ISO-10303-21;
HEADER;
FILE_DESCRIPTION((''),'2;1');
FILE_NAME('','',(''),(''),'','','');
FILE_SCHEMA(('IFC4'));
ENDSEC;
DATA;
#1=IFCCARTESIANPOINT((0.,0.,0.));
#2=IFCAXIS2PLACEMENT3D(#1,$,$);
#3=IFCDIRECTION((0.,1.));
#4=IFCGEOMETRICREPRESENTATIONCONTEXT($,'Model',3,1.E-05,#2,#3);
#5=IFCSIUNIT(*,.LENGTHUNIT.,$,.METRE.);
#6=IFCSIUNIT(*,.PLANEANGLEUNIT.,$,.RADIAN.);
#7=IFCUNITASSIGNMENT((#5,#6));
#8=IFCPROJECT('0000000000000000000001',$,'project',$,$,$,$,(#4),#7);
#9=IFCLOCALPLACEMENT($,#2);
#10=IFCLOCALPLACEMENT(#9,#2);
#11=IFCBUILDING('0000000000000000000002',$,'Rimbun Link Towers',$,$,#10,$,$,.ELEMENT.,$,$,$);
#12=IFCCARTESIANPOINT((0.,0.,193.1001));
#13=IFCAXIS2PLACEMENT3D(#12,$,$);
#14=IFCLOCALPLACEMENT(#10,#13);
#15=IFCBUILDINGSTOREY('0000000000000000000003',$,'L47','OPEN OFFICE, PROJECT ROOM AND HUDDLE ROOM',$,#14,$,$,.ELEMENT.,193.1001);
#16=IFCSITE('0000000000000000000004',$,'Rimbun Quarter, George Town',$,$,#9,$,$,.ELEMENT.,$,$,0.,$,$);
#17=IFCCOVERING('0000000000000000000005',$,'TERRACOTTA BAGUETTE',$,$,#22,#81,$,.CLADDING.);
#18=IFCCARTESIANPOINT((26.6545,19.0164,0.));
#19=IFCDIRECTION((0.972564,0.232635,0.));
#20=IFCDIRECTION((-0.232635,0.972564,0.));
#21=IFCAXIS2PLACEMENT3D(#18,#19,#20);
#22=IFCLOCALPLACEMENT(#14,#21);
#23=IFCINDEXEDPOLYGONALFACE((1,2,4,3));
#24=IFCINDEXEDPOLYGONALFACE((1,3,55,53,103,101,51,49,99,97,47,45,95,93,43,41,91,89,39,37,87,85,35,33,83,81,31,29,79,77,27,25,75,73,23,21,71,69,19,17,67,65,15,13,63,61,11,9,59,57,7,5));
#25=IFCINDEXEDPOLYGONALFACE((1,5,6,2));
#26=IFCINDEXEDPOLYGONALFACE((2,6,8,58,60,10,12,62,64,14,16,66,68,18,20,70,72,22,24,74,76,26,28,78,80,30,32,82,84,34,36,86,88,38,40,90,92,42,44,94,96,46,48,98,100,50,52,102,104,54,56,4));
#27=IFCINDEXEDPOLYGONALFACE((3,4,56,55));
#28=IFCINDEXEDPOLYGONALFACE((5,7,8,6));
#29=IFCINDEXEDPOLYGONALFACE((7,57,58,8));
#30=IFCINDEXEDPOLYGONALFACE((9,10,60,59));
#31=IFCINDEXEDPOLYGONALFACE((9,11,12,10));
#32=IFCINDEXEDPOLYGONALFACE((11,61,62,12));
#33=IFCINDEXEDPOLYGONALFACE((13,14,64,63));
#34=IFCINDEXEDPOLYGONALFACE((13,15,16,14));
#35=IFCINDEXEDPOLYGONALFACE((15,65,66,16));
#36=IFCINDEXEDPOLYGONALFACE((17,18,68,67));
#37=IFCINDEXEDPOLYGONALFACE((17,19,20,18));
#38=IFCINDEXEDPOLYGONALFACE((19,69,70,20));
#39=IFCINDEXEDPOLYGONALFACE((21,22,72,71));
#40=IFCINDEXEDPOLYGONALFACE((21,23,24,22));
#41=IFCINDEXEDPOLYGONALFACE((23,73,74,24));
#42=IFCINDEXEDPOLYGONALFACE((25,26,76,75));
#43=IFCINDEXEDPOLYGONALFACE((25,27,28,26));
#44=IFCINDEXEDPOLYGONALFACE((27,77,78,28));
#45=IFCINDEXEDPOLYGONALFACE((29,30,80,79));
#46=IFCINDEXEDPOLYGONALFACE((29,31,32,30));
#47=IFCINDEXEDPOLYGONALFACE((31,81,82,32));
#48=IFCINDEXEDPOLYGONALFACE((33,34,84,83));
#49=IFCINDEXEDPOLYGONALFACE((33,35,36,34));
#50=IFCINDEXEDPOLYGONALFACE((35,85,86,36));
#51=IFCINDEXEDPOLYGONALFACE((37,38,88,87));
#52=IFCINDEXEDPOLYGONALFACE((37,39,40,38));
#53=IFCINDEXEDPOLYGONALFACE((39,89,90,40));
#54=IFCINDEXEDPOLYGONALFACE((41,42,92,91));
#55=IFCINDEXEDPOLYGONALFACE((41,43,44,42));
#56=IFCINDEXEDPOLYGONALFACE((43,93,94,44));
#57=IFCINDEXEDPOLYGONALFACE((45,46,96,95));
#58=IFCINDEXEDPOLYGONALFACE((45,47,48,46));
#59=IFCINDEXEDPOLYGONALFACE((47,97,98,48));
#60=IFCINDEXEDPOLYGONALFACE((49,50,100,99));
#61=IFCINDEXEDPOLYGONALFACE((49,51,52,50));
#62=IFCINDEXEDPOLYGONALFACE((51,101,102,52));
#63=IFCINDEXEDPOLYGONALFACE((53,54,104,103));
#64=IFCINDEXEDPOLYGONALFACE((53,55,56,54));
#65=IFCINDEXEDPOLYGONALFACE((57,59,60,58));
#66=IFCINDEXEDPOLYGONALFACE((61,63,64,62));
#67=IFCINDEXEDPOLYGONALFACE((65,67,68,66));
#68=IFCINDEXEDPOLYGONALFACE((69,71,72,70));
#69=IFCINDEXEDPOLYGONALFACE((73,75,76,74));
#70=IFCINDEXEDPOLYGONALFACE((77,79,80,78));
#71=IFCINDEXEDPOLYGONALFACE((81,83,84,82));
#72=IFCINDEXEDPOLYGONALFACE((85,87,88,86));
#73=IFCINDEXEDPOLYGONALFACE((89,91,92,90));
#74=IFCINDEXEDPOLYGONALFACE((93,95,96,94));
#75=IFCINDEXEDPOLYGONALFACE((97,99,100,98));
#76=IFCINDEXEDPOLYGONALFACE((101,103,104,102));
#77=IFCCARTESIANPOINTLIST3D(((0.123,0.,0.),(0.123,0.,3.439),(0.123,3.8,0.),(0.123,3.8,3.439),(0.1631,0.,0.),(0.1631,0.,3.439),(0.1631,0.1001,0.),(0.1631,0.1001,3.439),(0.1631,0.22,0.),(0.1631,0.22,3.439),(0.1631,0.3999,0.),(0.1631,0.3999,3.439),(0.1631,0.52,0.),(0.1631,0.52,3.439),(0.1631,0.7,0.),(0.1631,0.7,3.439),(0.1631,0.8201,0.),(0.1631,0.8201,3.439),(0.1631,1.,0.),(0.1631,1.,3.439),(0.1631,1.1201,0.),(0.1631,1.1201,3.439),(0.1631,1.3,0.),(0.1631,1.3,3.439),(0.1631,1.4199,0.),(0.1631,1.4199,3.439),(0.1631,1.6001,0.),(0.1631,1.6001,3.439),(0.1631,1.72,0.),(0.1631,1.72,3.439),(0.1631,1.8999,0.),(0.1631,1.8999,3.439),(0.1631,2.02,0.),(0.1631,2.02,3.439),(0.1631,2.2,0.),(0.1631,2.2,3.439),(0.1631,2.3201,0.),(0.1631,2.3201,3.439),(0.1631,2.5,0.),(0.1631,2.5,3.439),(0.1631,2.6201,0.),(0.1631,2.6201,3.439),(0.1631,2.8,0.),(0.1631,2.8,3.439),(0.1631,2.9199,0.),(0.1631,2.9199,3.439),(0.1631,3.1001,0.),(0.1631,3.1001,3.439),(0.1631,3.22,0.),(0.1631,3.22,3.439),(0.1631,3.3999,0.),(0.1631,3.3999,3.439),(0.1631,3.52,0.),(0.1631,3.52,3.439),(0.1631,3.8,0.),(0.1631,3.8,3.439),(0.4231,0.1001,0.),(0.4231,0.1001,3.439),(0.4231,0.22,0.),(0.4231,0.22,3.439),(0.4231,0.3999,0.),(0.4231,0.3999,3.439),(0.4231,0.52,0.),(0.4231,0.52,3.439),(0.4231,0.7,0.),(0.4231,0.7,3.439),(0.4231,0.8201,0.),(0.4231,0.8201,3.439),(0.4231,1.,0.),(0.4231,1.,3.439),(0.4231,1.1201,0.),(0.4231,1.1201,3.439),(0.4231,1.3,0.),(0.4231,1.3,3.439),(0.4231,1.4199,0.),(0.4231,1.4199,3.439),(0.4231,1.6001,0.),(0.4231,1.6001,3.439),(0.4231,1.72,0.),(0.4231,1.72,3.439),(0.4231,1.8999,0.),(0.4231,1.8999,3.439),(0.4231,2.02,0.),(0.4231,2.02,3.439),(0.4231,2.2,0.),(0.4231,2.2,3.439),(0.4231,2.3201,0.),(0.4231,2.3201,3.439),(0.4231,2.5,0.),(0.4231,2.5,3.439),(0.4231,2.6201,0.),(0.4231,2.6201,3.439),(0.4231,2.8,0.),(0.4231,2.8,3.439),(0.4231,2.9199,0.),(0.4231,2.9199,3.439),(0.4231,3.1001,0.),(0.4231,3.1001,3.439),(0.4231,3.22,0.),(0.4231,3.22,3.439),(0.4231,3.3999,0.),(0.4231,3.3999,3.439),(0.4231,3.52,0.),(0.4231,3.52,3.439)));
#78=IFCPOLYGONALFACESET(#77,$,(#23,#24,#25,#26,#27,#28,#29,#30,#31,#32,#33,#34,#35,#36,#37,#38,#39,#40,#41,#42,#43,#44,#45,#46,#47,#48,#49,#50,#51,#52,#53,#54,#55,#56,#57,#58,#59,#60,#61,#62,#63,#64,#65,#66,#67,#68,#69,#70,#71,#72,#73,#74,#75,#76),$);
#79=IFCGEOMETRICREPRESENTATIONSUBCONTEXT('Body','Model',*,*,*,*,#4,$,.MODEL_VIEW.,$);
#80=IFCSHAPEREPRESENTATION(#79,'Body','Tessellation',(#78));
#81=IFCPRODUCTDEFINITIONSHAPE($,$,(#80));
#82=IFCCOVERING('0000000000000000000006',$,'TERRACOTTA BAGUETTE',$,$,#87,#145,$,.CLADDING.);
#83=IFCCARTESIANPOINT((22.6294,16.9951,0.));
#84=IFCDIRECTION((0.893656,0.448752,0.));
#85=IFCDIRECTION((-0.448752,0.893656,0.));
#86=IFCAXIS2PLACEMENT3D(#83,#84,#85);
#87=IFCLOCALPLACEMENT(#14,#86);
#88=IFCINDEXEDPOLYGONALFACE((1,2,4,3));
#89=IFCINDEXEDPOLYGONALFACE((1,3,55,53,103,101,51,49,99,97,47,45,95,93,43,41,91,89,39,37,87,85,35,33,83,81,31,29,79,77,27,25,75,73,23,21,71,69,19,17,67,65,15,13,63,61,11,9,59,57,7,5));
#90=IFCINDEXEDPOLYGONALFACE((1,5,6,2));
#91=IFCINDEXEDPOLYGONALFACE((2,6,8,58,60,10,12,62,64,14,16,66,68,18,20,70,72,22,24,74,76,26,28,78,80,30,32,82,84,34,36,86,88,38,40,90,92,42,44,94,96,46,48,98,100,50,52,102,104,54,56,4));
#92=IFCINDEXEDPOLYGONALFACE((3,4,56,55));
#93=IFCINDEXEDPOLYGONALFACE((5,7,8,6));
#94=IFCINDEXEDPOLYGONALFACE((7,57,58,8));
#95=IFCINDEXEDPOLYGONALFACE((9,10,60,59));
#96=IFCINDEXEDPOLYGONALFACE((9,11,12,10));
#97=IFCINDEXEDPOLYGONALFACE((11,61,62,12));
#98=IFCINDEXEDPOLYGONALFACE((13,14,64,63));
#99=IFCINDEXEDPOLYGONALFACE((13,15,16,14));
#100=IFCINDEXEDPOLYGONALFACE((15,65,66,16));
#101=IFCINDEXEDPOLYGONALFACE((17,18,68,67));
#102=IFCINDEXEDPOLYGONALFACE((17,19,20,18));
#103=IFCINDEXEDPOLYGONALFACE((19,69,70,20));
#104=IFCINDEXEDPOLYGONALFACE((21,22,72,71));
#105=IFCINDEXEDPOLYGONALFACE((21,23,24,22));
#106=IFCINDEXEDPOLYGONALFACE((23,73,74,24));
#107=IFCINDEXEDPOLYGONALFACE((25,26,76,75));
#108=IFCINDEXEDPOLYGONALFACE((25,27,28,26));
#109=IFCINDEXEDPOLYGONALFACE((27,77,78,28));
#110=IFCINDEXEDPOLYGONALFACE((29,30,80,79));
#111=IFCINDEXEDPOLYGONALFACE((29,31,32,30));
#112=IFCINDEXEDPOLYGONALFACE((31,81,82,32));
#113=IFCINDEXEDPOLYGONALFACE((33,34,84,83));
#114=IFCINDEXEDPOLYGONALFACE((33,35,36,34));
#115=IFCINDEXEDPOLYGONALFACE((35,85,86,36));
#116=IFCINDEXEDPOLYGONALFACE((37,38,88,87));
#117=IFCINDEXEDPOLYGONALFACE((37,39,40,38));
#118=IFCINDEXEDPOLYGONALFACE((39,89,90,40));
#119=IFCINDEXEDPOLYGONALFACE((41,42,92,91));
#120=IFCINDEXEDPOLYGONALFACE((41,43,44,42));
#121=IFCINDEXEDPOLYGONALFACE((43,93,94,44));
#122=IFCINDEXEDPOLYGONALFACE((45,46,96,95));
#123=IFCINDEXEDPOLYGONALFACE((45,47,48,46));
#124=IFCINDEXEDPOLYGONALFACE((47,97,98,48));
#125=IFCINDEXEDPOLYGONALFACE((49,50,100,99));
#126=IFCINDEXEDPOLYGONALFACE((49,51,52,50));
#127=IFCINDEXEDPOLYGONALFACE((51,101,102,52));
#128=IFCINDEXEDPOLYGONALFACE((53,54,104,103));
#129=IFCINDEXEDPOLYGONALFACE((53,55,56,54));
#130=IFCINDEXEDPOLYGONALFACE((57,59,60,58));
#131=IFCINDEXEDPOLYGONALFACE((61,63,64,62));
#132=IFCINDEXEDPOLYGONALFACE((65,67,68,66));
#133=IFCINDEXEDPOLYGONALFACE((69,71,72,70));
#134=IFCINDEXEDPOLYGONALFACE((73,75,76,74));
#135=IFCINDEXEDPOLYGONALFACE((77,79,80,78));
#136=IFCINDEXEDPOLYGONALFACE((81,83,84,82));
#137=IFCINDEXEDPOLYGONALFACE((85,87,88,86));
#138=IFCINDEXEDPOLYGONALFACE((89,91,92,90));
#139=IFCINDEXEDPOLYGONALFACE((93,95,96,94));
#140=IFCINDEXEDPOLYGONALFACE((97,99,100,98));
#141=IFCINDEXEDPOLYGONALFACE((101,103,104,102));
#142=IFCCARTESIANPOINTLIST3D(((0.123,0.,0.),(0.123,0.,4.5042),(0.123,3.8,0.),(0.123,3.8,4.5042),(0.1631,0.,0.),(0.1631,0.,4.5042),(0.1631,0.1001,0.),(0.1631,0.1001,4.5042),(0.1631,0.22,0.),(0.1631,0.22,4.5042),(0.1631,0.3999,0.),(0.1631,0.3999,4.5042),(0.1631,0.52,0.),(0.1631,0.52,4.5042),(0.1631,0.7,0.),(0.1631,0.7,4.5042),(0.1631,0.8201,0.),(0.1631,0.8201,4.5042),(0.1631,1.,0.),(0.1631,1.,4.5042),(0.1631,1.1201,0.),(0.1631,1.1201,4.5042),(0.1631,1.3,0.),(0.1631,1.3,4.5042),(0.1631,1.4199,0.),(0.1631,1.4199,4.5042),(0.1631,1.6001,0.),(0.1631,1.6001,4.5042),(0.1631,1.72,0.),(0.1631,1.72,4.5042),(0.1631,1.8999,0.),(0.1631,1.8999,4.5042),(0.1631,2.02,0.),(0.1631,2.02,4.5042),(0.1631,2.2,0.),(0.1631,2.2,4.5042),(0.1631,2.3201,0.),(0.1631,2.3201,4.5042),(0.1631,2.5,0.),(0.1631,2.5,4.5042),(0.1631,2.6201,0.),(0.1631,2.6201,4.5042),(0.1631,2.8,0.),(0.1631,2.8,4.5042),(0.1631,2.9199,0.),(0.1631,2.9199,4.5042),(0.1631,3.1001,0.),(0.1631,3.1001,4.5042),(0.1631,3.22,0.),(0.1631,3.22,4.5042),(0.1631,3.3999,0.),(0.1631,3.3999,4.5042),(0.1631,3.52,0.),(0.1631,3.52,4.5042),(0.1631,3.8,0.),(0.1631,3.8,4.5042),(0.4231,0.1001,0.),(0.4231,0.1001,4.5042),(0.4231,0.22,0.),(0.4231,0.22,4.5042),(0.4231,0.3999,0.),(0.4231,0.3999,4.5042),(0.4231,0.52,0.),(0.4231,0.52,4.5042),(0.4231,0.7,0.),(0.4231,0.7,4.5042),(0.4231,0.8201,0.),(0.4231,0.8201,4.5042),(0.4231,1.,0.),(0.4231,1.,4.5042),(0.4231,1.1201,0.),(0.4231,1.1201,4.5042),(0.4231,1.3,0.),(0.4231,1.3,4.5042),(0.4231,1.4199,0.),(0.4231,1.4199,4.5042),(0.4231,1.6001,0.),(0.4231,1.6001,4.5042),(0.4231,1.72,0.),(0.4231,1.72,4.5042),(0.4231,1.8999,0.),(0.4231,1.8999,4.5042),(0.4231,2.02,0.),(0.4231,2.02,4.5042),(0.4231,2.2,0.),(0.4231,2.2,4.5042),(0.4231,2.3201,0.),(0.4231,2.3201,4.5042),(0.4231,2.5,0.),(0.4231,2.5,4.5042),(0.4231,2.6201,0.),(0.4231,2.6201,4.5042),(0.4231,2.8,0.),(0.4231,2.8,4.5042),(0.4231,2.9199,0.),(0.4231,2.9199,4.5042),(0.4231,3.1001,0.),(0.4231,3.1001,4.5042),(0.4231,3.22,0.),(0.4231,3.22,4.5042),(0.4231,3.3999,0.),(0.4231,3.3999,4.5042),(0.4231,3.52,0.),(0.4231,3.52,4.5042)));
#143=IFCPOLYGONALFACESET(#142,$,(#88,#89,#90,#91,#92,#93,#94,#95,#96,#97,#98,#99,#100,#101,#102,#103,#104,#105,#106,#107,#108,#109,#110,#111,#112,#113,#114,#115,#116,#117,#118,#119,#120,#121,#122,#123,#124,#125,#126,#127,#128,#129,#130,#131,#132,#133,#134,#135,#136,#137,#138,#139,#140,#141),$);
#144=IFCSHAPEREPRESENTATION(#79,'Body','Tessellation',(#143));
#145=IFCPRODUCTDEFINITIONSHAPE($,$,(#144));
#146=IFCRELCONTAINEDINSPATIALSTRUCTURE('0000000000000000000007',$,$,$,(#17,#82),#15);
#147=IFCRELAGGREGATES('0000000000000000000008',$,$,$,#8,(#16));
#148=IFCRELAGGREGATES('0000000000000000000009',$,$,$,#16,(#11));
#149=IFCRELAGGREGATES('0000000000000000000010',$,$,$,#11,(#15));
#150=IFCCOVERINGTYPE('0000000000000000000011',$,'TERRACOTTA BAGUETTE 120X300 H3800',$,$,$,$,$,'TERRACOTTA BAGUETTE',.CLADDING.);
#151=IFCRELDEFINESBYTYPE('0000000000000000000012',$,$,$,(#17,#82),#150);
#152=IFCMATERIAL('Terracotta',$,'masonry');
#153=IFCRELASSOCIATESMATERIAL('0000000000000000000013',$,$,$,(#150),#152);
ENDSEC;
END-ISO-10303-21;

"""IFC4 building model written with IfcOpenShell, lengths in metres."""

from ifc_helpers import new_model, si_unit, direction, frame, origin, place, context, subcontext, project, spatial, polyline, outline, extrude, material, material_profile, profile_set, type_object, element, save


model = new_model("IFC4")

# Units and contexts
model_context = context("Model", 3, precision=1e-05, world=origin(), true_north=direction((0.0, 1.0)))
body_context = subcontext(model_context, "Body", "Model", "MODEL_VIEW")
ifc_project = project(units=[si_unit("LENGTHUNIT", "METRE"), si_unit("PLANEANGLEUNIT", "RADIAN")], contexts=[model_context])

# Site, building, storey
site_placement = place(None, origin())
site = spatial("IfcSite", under=ifc_project, at=site_placement, Name="Rimbun Quarter, George Town", CompositionType="ELEMENT", RefElevation=0.0)
building_placement = place(site_placement, origin())
building = spatial("IfcBuilding", under=site, at=building_placement, Name="Rimbun Link Towers", CompositionType="ELEMENT")
storey_placement = place(building_placement, frame((0.0, 0.0, 193.1001)))
storey = spatial("IfcBuildingStorey", under=building, at=storey_placement, Name="L47", Description="OPEN OFFICE, PROJECT ROOM AND HUDDLE ROOM", CompositionType="ELEMENT", Elevation=193.1001)

# Coverings
ifc_material_1 = material(Name="Terracotta", Category="masonry")
ifc_material_profile_1 = material_profile(ifc_material_1, outline(polyline([(0.123, 0.0), (0.1631, 0.0), (0.1631, 0.1001), (0.4231, 0.1001), (0.4231, 0.22), (0.1631, 0.22), (0.1631, 0.3999), (0.4231, 0.3999), (0.4231, 0.52), (0.1631, 0.52), (0.1631, 0.7), (0.4231, 0.7), (0.4231, 0.8201), (0.1631, 0.8201), (0.1631, 1.0), (0.4231, 1.0), (0.4231, 1.1201), (0.1631, 1.1201), (0.1631, 1.3), (0.4231, 1.3), (0.4231, 1.4199), (0.1631, 1.4199), (0.1631, 1.6001), (0.4231, 1.6001), (0.4231, 1.72), (0.1631, 1.72), (0.1631, 1.8999), (0.4231, 1.8999), (0.4231, 2.02), (0.1631, 2.02), (0.1631, 2.2), (0.4231, 2.2), (0.4231, 2.3201), (0.1631, 2.3201), (0.1631, 2.5), (0.4231, 2.5), (0.4231, 2.6201), (0.1631, 2.6201), (0.1631, 2.8), (0.4231, 2.8), (0.4231, 2.9199), (0.1631, 2.9199), (0.1631, 3.1001), (0.4231, 3.1001), (0.4231, 3.22), (0.1631, 3.22), (0.1631, 3.3999), (0.4231, 3.3999), (0.4231, 3.52), (0.1631, 3.52), (0.1631, 3.8), (0.123, 3.8), (0.123, 0.0)])), Name="BAGUETTE 120X300")
ifc_profile_set_1 = profile_set([ifc_material_profile_1], Name="Terracotta")
covering_type = type_object("IfcCoveringType", Name="TERRACOTTA BAGUETTE 120X300 H3800", ElementType="TERRACOTTA BAGUETTE", PredefinedType="CLADDING", material=ifc_profile_set_1)
covering_1_placement = place(storey_placement, frame((26.6545, 19.0164, 0.0), z_axis=(0.972564, 0.232635, 0.0), x_axis=(-0.232635, 0.972564, 0.0)))
element("IfcCovering", 1, at=covering_1_placement, inside=storey, type_object=covering_type, Name="TERRACOTTA BAGUETTE", PredefinedType="CLADDING", context=body_context, shape_type="SweptSolid", body=[
    extrude(outline(polyline([(0.123, 0.0), (0.1631, 0.0), (0.1631, 0.1001), (0.4231, 0.1001), (0.4231, 0.22), (0.1631, 0.22), (0.1631, 0.3999), (0.4231, 0.3999), (0.4231, 0.52), (0.1631, 0.52), (0.1631, 0.7), (0.4231, 0.7), (0.4231, 0.8201), (0.1631, 0.8201), (0.1631, 1.0), (0.4231, 1.0), (0.4231, 1.1201), (0.1631, 1.1201), (0.1631, 1.3), (0.4231, 1.3), (0.4231, 1.4199), (0.1631, 1.4199), (0.1631, 1.6001), (0.4231, 1.6001), (0.4231, 1.72), (0.1631, 1.72), (0.1631, 1.8999), (0.4231, 1.8999), (0.4231, 2.02), (0.1631, 2.02), (0.1631, 2.2), (0.4231, 2.2), (0.4231, 2.3201), (0.1631, 2.3201), (0.1631, 2.5), (0.4231, 2.5), (0.4231, 2.6201), (0.1631, 2.6201), (0.1631, 2.8), (0.4231, 2.8), (0.4231, 2.9199), (0.1631, 2.9199), (0.1631, 3.1001), (0.4231, 3.1001), (0.4231, 3.22), (0.1631, 3.22), (0.1631, 3.3999), (0.4231, 3.3999), (0.4231, 3.52), (0.1631, 3.52), (0.1631, 3.8), (0.123, 3.8), (0.123, 0.0)])), origin(), (0.0, 0.0, 1.0), 3.439),
])
covering_2_placement = place(storey_placement, frame((22.6294, 16.9951, 0.0), z_axis=(0.893656, 0.448752, 0.0), x_axis=(-0.448752, 0.893656, 0.0)))
element("IfcCovering", 2, at=covering_2_placement, inside=storey, type_object=covering_type, Name="TERRACOTTA BAGUETTE", PredefinedType="CLADDING", context=body_context, shape_type="SweptSolid", body=[
    extrude(outline(polyline([(0.123, 0.0), (0.1631, 0.0), (0.1631, 0.1001), (0.4231, 0.1001), (0.4231, 0.22), (0.1631, 0.22), (0.1631, 0.3999), (0.4231, 0.3999), (0.4231, 0.52), (0.1631, 0.52), (0.1631, 0.7), (0.4231, 0.7), (0.4231, 0.8201), (0.1631, 0.8201), (0.1631, 1.0), (0.4231, 1.0), (0.4231, 1.1201), (0.1631, 1.1201), (0.1631, 1.3), (0.4231, 1.3), (0.4231, 1.4199), (0.1631, 1.4199), (0.1631, 1.6001), (0.4231, 1.6001), (0.4231, 1.72), (0.1631, 1.72), (0.1631, 1.8999), (0.4231, 1.8999), (0.4231, 2.02), (0.1631, 2.02), (0.1631, 2.2), (0.4231, 2.2), (0.4231, 2.3201), (0.1631, 2.3201), (0.1631, 2.5), (0.4231, 2.5), (0.4231, 2.6201), (0.1631, 2.6201), (0.1631, 2.8), (0.4231, 2.8), (0.4231, 2.9199), (0.1631, 2.9199), (0.1631, 3.1001), (0.4231, 3.1001), (0.4231, 3.22), (0.1631, 3.22), (0.1631, 3.3999), (0.4231, 3.3999), (0.4231, 3.52), (0.1631, 3.52), (0.1631, 3.8), (0.123, 3.8), (0.123, 0.0)])), origin(), (0.0, 0.0, 1.0), 4.5042),
])

save(model, "model.ifc")
